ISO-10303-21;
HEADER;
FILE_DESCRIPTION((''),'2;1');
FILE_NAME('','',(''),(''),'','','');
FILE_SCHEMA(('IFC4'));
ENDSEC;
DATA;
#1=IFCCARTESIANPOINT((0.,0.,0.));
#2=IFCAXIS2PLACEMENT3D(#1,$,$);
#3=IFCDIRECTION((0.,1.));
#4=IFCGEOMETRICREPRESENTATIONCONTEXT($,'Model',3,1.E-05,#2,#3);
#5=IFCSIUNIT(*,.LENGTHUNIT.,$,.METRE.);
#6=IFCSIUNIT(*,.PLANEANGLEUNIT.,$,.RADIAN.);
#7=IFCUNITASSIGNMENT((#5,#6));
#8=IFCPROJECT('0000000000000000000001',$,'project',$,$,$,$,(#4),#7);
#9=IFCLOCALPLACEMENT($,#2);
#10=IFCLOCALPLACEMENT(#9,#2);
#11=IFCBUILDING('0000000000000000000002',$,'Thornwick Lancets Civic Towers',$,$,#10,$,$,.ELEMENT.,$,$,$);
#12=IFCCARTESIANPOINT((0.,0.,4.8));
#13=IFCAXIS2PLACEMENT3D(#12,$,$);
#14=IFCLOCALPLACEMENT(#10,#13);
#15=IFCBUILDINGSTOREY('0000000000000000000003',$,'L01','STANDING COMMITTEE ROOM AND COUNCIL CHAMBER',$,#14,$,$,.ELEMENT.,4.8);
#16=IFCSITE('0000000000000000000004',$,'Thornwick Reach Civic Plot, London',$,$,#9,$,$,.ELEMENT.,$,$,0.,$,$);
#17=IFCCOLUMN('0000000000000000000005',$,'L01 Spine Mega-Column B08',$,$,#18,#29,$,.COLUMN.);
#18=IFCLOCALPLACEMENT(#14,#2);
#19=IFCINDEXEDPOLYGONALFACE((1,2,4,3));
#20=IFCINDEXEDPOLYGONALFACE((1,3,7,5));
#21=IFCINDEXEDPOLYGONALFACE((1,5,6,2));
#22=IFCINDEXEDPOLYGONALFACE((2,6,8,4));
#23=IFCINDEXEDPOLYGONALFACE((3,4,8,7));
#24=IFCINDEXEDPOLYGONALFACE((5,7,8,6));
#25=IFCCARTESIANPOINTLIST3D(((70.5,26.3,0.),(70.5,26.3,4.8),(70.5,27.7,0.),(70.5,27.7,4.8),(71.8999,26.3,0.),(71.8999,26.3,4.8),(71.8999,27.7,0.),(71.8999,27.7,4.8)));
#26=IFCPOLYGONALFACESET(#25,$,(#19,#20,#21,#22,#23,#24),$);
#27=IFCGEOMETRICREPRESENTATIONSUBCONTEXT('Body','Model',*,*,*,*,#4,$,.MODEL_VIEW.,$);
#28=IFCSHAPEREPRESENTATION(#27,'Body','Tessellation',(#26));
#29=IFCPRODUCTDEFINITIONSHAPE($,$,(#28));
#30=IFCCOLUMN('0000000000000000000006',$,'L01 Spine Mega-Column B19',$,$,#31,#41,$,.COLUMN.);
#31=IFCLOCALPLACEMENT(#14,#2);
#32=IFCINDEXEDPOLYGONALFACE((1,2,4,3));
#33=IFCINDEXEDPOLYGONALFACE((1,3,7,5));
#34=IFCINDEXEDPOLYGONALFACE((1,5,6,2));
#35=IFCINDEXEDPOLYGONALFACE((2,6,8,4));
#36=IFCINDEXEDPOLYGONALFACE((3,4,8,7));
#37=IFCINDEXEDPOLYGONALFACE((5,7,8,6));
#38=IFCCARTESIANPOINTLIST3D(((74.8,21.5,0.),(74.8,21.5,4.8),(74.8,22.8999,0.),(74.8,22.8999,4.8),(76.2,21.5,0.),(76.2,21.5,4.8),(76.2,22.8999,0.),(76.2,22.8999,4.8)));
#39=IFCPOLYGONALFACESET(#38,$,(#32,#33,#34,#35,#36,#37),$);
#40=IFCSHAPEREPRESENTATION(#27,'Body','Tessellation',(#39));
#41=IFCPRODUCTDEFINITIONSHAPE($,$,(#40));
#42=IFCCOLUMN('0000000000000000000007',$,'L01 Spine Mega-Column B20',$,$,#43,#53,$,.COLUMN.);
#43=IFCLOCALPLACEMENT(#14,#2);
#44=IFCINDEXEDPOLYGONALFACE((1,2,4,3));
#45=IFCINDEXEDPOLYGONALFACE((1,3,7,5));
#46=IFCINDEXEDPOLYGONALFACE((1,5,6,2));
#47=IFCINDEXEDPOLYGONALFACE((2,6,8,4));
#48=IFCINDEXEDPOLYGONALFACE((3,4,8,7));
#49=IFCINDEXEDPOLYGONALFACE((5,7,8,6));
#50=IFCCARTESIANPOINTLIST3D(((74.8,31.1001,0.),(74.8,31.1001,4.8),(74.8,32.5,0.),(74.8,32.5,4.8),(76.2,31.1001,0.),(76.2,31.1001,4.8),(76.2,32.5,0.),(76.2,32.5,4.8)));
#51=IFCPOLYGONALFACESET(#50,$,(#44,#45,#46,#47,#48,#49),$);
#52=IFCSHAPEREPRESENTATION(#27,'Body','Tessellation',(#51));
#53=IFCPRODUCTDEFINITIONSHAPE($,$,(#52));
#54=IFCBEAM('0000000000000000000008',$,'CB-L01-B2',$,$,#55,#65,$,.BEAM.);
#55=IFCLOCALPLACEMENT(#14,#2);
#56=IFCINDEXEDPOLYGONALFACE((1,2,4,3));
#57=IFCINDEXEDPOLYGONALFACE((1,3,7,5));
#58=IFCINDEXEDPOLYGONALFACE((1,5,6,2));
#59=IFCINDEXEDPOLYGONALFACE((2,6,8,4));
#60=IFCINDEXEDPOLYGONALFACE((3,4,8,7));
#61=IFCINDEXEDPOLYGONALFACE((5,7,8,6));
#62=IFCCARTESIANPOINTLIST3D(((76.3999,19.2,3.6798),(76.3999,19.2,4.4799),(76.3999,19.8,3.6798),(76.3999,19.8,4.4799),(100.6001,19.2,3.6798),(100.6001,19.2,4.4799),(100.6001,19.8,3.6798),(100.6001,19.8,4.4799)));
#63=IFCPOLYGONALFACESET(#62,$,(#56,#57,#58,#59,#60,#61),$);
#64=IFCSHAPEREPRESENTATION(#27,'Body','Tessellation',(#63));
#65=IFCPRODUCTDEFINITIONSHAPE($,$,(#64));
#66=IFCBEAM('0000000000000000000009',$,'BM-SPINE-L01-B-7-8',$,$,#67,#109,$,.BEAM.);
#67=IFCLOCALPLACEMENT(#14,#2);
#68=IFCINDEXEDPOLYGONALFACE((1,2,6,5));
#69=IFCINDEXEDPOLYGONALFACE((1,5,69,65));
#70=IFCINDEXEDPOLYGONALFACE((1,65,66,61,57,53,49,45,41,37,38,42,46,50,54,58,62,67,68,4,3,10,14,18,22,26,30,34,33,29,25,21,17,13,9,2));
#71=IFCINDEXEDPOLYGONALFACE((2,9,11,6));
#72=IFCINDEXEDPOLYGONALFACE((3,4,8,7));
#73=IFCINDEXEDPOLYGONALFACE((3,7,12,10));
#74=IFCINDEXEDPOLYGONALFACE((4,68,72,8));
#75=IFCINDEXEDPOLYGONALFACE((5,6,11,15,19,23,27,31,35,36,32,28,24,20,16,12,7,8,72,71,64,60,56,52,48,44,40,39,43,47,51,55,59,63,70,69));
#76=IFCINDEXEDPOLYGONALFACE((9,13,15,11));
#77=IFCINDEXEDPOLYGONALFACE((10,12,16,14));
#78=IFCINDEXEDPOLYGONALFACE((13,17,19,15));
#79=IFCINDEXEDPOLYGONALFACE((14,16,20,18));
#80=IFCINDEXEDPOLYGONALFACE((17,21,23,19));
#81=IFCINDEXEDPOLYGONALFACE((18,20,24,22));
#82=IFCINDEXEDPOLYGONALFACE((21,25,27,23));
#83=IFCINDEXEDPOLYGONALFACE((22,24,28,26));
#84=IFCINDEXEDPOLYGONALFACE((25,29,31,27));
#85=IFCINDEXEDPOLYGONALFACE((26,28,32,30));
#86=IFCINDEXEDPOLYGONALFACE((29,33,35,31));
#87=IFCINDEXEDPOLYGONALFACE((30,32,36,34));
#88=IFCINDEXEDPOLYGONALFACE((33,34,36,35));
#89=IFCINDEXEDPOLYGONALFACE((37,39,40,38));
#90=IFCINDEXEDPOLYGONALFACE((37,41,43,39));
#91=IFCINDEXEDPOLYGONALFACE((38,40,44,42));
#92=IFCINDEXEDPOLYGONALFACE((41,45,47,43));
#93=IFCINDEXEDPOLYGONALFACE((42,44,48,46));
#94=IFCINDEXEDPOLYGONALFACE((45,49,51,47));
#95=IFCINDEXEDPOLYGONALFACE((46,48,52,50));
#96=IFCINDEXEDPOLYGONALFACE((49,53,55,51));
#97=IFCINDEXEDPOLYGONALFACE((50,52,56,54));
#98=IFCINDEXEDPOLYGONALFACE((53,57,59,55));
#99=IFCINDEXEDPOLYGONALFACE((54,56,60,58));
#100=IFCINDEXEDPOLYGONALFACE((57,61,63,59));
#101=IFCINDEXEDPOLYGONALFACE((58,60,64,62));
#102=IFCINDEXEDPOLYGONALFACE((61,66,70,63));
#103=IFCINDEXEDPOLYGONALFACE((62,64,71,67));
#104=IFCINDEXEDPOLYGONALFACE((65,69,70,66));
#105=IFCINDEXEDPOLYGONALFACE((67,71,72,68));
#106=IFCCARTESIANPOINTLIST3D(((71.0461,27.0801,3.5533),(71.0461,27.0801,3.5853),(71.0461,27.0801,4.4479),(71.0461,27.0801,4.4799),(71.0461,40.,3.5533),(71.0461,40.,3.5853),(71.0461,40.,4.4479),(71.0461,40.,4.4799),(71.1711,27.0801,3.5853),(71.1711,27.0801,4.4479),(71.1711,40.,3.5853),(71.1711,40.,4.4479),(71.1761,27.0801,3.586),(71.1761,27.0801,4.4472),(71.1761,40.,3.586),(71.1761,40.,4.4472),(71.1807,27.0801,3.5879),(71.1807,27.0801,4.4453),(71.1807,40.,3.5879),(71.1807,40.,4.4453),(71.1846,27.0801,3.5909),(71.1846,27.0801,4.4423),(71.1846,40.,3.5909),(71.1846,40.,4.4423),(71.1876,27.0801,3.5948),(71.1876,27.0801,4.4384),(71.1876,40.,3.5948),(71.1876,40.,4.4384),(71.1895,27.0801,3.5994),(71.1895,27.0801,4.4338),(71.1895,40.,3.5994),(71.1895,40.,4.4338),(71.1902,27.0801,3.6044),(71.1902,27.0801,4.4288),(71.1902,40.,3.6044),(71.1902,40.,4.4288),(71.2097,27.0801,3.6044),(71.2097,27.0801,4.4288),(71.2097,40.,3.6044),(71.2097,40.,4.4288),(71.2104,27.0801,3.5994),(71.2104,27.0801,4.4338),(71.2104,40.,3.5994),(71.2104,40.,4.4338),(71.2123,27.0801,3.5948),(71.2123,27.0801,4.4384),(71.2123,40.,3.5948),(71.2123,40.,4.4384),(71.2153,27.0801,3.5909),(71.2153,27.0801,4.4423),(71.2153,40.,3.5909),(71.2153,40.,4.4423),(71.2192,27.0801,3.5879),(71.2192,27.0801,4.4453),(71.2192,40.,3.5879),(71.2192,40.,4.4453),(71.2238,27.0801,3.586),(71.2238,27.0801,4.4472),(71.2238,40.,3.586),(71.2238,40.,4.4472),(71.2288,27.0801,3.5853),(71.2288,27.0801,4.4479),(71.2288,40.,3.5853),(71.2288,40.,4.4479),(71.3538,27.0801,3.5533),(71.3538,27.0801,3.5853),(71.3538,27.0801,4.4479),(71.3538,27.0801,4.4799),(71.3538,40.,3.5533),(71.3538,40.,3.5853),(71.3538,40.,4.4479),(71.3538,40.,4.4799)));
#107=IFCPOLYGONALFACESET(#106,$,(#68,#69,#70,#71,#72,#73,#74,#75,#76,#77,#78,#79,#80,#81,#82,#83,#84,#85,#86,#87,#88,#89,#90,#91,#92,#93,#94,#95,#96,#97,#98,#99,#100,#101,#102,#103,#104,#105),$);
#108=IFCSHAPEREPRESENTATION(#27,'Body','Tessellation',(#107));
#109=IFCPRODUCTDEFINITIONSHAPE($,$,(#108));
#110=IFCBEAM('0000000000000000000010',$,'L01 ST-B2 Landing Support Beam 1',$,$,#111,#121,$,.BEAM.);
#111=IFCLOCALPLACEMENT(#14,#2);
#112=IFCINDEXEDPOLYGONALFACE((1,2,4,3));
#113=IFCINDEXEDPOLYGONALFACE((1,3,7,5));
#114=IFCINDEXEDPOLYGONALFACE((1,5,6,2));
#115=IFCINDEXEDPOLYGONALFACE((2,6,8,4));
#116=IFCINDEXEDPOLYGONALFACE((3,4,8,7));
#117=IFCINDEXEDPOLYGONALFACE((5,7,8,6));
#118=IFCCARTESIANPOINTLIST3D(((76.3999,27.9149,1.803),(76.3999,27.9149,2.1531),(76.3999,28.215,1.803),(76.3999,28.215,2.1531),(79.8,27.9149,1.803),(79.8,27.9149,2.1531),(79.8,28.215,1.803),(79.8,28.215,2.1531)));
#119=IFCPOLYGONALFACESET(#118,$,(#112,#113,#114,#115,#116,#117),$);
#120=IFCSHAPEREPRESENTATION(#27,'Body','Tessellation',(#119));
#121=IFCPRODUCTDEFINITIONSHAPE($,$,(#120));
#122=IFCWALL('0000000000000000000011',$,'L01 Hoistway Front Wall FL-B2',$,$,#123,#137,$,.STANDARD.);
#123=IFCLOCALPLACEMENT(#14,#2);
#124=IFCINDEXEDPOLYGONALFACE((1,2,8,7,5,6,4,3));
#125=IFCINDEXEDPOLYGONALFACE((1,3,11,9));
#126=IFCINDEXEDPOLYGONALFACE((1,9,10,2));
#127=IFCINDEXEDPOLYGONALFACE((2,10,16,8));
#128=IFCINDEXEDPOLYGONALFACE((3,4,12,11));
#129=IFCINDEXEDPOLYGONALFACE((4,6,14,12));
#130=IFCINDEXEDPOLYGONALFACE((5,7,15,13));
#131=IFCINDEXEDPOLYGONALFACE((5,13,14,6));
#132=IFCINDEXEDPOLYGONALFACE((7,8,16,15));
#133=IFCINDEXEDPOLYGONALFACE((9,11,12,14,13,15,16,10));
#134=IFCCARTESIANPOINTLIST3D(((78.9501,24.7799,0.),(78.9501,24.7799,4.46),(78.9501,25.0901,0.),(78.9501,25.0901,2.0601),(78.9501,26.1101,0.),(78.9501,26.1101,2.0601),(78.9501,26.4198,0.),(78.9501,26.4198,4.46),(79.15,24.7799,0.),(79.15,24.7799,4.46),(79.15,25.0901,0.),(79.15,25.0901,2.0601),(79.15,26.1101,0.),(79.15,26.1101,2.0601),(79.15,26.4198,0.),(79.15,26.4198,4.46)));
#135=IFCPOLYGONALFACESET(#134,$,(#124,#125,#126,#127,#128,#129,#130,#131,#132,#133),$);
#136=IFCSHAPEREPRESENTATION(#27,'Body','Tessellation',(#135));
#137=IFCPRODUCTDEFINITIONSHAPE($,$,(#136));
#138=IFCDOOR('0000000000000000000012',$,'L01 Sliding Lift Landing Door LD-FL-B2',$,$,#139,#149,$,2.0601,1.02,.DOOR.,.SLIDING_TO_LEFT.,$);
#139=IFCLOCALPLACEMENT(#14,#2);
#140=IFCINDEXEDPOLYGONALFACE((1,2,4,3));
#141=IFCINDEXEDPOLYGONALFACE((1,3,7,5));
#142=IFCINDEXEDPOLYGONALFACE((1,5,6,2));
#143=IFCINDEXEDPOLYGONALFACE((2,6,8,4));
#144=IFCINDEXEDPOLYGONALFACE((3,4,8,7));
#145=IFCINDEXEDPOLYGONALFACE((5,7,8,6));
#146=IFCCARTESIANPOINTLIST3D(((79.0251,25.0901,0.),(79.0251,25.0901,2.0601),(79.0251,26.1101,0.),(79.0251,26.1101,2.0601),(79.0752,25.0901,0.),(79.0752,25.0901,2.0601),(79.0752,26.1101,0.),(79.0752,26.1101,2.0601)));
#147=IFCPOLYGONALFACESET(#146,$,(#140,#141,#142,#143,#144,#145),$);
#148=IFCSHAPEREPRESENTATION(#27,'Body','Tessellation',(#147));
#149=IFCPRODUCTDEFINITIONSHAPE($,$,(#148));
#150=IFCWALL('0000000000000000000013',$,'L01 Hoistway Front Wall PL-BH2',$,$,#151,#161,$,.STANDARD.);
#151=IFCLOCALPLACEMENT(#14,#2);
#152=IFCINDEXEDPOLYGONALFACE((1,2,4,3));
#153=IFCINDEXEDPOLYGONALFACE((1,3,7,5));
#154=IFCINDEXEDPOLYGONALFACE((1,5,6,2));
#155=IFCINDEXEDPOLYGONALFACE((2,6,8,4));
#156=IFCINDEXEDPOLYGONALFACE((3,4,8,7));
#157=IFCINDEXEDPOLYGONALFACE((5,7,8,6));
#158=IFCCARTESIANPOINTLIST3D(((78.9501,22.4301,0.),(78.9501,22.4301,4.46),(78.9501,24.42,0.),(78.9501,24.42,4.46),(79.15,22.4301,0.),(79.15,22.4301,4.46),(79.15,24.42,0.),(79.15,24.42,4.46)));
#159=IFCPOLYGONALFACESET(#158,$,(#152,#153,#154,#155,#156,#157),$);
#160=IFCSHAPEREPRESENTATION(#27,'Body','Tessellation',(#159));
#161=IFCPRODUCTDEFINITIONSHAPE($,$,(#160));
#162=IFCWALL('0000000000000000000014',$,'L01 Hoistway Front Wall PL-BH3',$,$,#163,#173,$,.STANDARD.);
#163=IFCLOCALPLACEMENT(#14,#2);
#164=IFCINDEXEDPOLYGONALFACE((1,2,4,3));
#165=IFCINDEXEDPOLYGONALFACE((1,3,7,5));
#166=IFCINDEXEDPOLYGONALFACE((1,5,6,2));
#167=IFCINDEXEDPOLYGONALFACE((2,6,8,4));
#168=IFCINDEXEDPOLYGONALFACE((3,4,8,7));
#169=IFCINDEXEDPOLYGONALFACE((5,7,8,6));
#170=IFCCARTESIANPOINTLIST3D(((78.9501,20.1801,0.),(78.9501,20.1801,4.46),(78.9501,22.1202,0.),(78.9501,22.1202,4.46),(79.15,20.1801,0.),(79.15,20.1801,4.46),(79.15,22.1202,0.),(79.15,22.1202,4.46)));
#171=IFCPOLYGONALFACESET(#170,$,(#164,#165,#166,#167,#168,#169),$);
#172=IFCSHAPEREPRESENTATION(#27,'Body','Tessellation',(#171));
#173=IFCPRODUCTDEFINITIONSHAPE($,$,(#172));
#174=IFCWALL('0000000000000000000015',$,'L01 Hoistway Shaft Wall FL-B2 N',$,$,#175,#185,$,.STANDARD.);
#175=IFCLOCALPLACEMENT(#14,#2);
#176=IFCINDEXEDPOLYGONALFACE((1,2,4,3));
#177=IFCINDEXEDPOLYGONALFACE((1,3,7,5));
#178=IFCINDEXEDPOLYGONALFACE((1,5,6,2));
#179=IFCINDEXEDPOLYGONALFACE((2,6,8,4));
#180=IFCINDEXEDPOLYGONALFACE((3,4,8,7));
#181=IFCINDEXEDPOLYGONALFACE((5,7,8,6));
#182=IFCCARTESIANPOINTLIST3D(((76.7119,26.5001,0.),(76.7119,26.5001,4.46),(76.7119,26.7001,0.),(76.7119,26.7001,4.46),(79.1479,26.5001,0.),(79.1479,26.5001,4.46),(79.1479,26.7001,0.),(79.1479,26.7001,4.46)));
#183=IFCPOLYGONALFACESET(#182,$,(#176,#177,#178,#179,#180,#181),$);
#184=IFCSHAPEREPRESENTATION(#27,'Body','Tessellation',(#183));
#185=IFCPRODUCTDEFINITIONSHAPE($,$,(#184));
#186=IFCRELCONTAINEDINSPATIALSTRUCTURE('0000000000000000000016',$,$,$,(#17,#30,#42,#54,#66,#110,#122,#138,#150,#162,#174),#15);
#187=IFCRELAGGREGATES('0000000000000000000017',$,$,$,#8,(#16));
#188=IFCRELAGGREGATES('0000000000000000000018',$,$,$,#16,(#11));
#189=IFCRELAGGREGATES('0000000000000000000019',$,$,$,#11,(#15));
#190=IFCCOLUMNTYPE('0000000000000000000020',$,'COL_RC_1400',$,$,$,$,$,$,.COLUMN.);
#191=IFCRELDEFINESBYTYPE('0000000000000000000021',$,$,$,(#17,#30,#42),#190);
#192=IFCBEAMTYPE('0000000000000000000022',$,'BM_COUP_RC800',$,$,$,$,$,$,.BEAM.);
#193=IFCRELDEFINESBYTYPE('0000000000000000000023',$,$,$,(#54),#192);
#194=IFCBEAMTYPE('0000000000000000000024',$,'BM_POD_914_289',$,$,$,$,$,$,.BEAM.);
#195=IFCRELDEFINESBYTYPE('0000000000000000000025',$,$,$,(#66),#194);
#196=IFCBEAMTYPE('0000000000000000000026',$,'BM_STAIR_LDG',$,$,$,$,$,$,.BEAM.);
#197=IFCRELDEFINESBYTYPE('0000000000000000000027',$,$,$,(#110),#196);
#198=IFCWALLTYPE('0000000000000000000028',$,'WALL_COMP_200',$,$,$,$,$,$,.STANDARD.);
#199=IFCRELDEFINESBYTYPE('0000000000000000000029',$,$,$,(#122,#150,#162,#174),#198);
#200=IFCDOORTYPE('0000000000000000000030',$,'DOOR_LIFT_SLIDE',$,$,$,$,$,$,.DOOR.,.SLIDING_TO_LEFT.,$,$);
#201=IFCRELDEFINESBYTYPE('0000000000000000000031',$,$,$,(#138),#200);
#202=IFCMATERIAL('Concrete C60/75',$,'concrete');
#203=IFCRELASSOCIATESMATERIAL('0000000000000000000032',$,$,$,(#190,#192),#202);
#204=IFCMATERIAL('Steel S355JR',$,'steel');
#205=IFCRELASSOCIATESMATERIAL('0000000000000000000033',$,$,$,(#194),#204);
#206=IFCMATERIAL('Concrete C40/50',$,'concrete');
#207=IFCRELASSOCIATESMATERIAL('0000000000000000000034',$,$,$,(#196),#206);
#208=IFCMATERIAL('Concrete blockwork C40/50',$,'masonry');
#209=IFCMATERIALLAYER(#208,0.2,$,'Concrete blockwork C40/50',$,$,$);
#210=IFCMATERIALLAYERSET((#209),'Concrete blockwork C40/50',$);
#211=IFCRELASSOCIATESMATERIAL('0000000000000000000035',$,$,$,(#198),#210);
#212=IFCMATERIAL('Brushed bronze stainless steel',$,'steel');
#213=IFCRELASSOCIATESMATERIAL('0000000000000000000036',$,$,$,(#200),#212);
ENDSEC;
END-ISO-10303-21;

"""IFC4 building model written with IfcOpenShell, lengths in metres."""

from ifc_helpers import new_model, si_unit, direction, frame, frame_2d, origin, origin_2d, place, context, subcontext, project, spatial, rectangle, i_section, extrude, material, layer, layer_set, material_profile, profile_set, type_object, element, fill, save


model = new_model("IFC4")

# Units and contexts
model_context = context("Model", 3, precision=1e-05, world=origin(), true_north=direction((0.0, 1.0)))
body_context = subcontext(model_context, "Body", "Model", "MODEL_VIEW")
ifc_project = project(units=[si_unit("LENGTHUNIT", "METRE"), si_unit("PLANEANGLEUNIT", "RADIAN")], contexts=[model_context])

# Site, building, storey
site_placement = place(None, origin())
site = spatial("IfcSite", under=ifc_project, at=site_placement, Name="Thornwick Reach Civic Plot, London", CompositionType="ELEMENT", RefElevation=0.0)
building_placement = place(site_placement, origin())
building = spatial("IfcBuilding", under=site, at=building_placement, Name="Thornwick Lancets Civic Towers", CompositionType="ELEMENT")
storey_placement = place(building_placement, frame((0.0, 0.0, 4.8)))
storey = spatial("IfcBuildingStorey", under=building, at=storey_placement, Name="L01", Description="STANDING COMMITTEE ROOM AND COUNCIL CHAMBER", CompositionType="ELEMENT", Elevation=4.8)

# Columns
ifc_material_1 = material(Name="Concrete C60/75", Category="concrete")
ifc_material_profile_1 = material_profile(ifc_material_1, rectangle(XDim=1.3999, YDim=1.3999, at=origin_2d()), Name="RC 1400x1400")
ifc_profile_set_1 = profile_set([ifc_material_profile_1], Name="Concrete C60/75")
column_type = type_object("IfcColumnType", Name="COL_RC_1400", PredefinedType="COLUMN", material=ifc_profile_set_1)
for number, where, z_axis, x_axis, name in (
    (1, (71.2, 27.0, 0.0), (0.0, 0.0, 1.0), (1.0, 0.0, 0.0), "L01 Spine Mega-Column B08"),
    (2, (75.5, 22.2, 0.0), (0.0, 0.0, 1.0), (1.0, 0.0, 0.0), "L01 Spine Mega-Column B19"),
    (3, (75.5, 31.8, 0.0), (0.0, 0.0, 1.0), (1.0, 0.0, 0.0), "L01 Spine Mega-Column B20"),
):
    element("IfcColumn", number, at=place(storey_placement, frame(where, z_axis=z_axis, x_axis=x_axis)), inside=storey, type_object=column_type, Name=name, PredefinedType="COLUMN", context=body_context, shape_type="SweptSolid", body=[
        extrude(rectangle(XDim=1.3999, YDim=1.3999, at=origin_2d()), origin(), (0.0, 0.0, 1.0), 4.8),
    ])

# Beams
ifc_material_profile_2 = material_profile(ifc_material_1, rectangle(XDim=0.6001, YDim=0.8, at=origin_2d()), Name="RC 600x800")
ifc_profile_set_2 = profile_set([ifc_material_profile_2], Name="Concrete C60/75")
beam_type_1 = type_object("IfcBeamType", Name="BM_COUP_RC800", PredefinedType="BEAM", material=ifc_profile_set_2)
beam_1_placement = place(storey_placement, frame((76.3999, 19.5, 4.0798), z_axis=(1.0, 0.0, 0.0), x_axis=(0.0, 1.0, 0.0)))
element("IfcBeam", 4, at=beam_1_placement, inside=storey, type_object=beam_type_1, Name="CB-L01-B2", PredefinedType="BEAM", context=body_context, shape_type="SweptSolid", body=[
    extrude(rectangle(XDim=0.6001, YDim=0.8, at=origin_2d()), origin(), (0.0, 0.0, 1.0), 24.2002),
])
ifc_material_2 = material(Name="Steel S355JR", Category="steel")
ifc_material_profile_3 = material_profile(ifc_material_2, i_section(OverallWidth=0.3076, OverallDepth=0.9265, WebThickness=0.0195, FlangeThickness=0.032, FilletRadius=0.019, at=origin_2d()), Name="UKB 914x305x289")
ifc_profile_set_3 = profile_set([ifc_material_profile_3], Name="Steel S355JR")
beam_type_2 = type_object("IfcBeamType", Name="BM_POD_914_289", PredefinedType="BEAM", material=ifc_profile_set_3)
beam_2_placement = place(storey_placement, frame((71.2, 27.0801, 4.0166), z_axis=(0.0, 1.0, 0.0), x_axis=(-1.0, 0.0, 0.0)))
element("IfcBeam", 5, at=beam_2_placement, inside=storey, type_object=beam_type_2, Name="BM-SPINE-L01-B-7-8", PredefinedType="BEAM", context=body_context, shape_type="SweptSolid", body=[
    extrude(i_section(OverallWidth=0.3076, OverallDepth=0.9265, WebThickness=0.0195, FlangeThickness=0.032, FilletRadius=0.019, at=origin_2d()), origin(), (0.0, 0.0, 1.0), 12.9199),
])
ifc_material_3 = material(Name="Concrete C40/50", Category="concrete")
ifc_material_profile_4 = material_profile(ifc_material_3, rectangle(XDim=0.3, YDim=0.3501, at=origin_2d()), Name="RC 300x350")
ifc_profile_set_4 = profile_set([ifc_material_profile_4], Name="Concrete C40/50")
beam_type_3 = type_object("IfcBeamType", Name="BM_STAIR_LDG", PredefinedType="BEAM", material=ifc_profile_set_4)
beam_3_placement = place(storey_placement, frame((76.3999, 28.0649, 1.978), z_axis=(1.0, 0.0, 0.0), x_axis=(0.0, 1.0, 0.0)))
element("IfcBeam", 6, at=beam_3_placement, inside=storey, type_object=beam_type_3, Name="L01 ST-B2 Landing Support Beam 1", PredefinedType="BEAM", context=body_context, shape_type="SweptSolid", body=[
    extrude(rectangle(XDim=0.3, YDim=0.3501, at=origin_2d()), origin(), (0.0, 0.0, 1.0), 3.4001),
])

# Wall, opening, door
ifc_material_4 = material(Name="Concrete blockwork C40/50", Category="masonry")
ifc_layer_1 = layer(ifc_material_4, 0.2, Name="Concrete blockwork C40/50")
ifc_layer_set_1 = layer_set([ifc_layer_1], Name="Concrete blockwork C40/50")
wall_type_1 = type_object("IfcWallType", Name="WALL_COMP_200", PredefinedType="STANDARD", material=ifc_layer_set_1)
wall_1_placement = place(storey_placement, frame((79.05, 24.78, 0.0), z_axis=(0.0, 0.0, 1.0), x_axis=(0.0, 1.0, 0.0)))
wall_1 = element("IfcWall", 7, at=wall_1_placement, inside=storey, type_object=wall_type_1, Name="L01 Hoistway Front Wall FL-B2", PredefinedType="STANDARD", context=body_context, shape_type="SweptSolid", body=[
    extrude(rectangle(XDim=1.6399, YDim=0.2, at=frame_2d((0.8198, 0.0))), origin(), (0.0, 0.0, 1.0), 4.46),
])
opening_1_placement = place(wall_1_placement, frame((0.3101, 0.0, 0.0)))
opening_1 = element("IfcOpeningElement", 8, at=opening_1_placement, cuts=wall_1, PredefinedType="OPENING", context=body_context, shape_type="SweptSolid", body=[
    extrude(rectangle(XDim=1.02, YDim=2.0601, at=frame_2d((0.51, 1.03))), frame((0.0, 0.1099, 0.0), z_axis=(0.0, -1.0, 0.0), x_axis=(1.0, 0.0, 0.0)), (0.0, 0.0, 1.0), 0.22),
])
ifc_material_5 = material(Name="Brushed bronze stainless steel", Category="steel")
door_type_1 = type_object("IfcDoorType", Name="DOOR_LIFT_SLIDE", OperationType="SLIDING_TO_LEFT", PredefinedType="DOOR", material=ifc_material_5)
door_1_placement = place(opening_1_placement, origin())
door_1 = element("IfcDoor", 9, at=door_1_placement, inside=storey, type_object=door_type_1, Name="L01 Sliding Lift Landing Door LD-FL-B2", OperationType="SLIDING_TO_LEFT", OverallHeight=2.0601, OverallWidth=1.02, PredefinedType="DOOR", context=body_context, shape_type="SweptSolid", body=[
    extrude(rectangle(XDim=1.02, YDim=2.0601, at=frame_2d((0.51, 1.03))), frame((0.0, 0.0249, 0.0), z_axis=(0.0, -1.0, 0.0), x_axis=(1.0, 0.0, 0.0)), (0.0, 0.0, 1.0), 0.05),
])
fill(opening_1, door_1)

# Walls
wall_2_placement = place(storey_placement, frame((79.05, 22.4299, 0.0), z_axis=(0.0, 0.0, 1.0), x_axis=(0.0, 1.0, 0.0)))
element("IfcWall", 10, at=wall_2_placement, inside=storey, type_object=wall_type_1, Name="L01 Hoistway Front Wall PL-BH2", PredefinedType="STANDARD", context=body_context, shape_type="SweptSolid", body=[
    extrude(rectangle(XDim=1.99, YDim=0.2, at=frame_2d((0.9951, 0.0))), origin(), (0.0, 0.0, 1.0), 4.46),
])
wall_3_placement = place(storey_placement, frame((79.05, 20.1799, 0.0), z_axis=(0.0, 0.0, 1.0), x_axis=(0.0, 1.0, 0.0)))
element("IfcWall", 11, at=wall_3_placement, inside=storey, type_object=wall_type_1, Name="L01 Hoistway Front Wall PL-BH3", PredefinedType="STANDARD", context=body_context, shape_type="SweptSolid", body=[
    extrude(rectangle(XDim=1.9402, YDim=0.2, at=frame_2d((0.9702, 0.0))), origin(), (0.0, 0.0, 1.0), 4.46),
])
for number, where, z_axis, x_axis, name in (
    (12, (76.7119, 26.6001, 0.0), (0.0, 0.0, 1.0), (1.0, 0.0, 0.0), "L01 Hoistway Shaft Wall FL-B2 N"),
):
    element("IfcWall", number, at=place(storey_placement, frame(where, z_axis=z_axis, x_axis=x_axis)), inside=storey, type_object=wall_type_1, Name=name, PredefinedType="STANDARD", context=body_context, shape_type="SweptSolid", body=[
        extrude(rectangle(XDim=2.436, YDim=0.2, at=frame_2d((1.218, 0.0))), origin(), (0.0, 0.0, 1.0), 4.46),
    ])

save(model, "model.ifc")
